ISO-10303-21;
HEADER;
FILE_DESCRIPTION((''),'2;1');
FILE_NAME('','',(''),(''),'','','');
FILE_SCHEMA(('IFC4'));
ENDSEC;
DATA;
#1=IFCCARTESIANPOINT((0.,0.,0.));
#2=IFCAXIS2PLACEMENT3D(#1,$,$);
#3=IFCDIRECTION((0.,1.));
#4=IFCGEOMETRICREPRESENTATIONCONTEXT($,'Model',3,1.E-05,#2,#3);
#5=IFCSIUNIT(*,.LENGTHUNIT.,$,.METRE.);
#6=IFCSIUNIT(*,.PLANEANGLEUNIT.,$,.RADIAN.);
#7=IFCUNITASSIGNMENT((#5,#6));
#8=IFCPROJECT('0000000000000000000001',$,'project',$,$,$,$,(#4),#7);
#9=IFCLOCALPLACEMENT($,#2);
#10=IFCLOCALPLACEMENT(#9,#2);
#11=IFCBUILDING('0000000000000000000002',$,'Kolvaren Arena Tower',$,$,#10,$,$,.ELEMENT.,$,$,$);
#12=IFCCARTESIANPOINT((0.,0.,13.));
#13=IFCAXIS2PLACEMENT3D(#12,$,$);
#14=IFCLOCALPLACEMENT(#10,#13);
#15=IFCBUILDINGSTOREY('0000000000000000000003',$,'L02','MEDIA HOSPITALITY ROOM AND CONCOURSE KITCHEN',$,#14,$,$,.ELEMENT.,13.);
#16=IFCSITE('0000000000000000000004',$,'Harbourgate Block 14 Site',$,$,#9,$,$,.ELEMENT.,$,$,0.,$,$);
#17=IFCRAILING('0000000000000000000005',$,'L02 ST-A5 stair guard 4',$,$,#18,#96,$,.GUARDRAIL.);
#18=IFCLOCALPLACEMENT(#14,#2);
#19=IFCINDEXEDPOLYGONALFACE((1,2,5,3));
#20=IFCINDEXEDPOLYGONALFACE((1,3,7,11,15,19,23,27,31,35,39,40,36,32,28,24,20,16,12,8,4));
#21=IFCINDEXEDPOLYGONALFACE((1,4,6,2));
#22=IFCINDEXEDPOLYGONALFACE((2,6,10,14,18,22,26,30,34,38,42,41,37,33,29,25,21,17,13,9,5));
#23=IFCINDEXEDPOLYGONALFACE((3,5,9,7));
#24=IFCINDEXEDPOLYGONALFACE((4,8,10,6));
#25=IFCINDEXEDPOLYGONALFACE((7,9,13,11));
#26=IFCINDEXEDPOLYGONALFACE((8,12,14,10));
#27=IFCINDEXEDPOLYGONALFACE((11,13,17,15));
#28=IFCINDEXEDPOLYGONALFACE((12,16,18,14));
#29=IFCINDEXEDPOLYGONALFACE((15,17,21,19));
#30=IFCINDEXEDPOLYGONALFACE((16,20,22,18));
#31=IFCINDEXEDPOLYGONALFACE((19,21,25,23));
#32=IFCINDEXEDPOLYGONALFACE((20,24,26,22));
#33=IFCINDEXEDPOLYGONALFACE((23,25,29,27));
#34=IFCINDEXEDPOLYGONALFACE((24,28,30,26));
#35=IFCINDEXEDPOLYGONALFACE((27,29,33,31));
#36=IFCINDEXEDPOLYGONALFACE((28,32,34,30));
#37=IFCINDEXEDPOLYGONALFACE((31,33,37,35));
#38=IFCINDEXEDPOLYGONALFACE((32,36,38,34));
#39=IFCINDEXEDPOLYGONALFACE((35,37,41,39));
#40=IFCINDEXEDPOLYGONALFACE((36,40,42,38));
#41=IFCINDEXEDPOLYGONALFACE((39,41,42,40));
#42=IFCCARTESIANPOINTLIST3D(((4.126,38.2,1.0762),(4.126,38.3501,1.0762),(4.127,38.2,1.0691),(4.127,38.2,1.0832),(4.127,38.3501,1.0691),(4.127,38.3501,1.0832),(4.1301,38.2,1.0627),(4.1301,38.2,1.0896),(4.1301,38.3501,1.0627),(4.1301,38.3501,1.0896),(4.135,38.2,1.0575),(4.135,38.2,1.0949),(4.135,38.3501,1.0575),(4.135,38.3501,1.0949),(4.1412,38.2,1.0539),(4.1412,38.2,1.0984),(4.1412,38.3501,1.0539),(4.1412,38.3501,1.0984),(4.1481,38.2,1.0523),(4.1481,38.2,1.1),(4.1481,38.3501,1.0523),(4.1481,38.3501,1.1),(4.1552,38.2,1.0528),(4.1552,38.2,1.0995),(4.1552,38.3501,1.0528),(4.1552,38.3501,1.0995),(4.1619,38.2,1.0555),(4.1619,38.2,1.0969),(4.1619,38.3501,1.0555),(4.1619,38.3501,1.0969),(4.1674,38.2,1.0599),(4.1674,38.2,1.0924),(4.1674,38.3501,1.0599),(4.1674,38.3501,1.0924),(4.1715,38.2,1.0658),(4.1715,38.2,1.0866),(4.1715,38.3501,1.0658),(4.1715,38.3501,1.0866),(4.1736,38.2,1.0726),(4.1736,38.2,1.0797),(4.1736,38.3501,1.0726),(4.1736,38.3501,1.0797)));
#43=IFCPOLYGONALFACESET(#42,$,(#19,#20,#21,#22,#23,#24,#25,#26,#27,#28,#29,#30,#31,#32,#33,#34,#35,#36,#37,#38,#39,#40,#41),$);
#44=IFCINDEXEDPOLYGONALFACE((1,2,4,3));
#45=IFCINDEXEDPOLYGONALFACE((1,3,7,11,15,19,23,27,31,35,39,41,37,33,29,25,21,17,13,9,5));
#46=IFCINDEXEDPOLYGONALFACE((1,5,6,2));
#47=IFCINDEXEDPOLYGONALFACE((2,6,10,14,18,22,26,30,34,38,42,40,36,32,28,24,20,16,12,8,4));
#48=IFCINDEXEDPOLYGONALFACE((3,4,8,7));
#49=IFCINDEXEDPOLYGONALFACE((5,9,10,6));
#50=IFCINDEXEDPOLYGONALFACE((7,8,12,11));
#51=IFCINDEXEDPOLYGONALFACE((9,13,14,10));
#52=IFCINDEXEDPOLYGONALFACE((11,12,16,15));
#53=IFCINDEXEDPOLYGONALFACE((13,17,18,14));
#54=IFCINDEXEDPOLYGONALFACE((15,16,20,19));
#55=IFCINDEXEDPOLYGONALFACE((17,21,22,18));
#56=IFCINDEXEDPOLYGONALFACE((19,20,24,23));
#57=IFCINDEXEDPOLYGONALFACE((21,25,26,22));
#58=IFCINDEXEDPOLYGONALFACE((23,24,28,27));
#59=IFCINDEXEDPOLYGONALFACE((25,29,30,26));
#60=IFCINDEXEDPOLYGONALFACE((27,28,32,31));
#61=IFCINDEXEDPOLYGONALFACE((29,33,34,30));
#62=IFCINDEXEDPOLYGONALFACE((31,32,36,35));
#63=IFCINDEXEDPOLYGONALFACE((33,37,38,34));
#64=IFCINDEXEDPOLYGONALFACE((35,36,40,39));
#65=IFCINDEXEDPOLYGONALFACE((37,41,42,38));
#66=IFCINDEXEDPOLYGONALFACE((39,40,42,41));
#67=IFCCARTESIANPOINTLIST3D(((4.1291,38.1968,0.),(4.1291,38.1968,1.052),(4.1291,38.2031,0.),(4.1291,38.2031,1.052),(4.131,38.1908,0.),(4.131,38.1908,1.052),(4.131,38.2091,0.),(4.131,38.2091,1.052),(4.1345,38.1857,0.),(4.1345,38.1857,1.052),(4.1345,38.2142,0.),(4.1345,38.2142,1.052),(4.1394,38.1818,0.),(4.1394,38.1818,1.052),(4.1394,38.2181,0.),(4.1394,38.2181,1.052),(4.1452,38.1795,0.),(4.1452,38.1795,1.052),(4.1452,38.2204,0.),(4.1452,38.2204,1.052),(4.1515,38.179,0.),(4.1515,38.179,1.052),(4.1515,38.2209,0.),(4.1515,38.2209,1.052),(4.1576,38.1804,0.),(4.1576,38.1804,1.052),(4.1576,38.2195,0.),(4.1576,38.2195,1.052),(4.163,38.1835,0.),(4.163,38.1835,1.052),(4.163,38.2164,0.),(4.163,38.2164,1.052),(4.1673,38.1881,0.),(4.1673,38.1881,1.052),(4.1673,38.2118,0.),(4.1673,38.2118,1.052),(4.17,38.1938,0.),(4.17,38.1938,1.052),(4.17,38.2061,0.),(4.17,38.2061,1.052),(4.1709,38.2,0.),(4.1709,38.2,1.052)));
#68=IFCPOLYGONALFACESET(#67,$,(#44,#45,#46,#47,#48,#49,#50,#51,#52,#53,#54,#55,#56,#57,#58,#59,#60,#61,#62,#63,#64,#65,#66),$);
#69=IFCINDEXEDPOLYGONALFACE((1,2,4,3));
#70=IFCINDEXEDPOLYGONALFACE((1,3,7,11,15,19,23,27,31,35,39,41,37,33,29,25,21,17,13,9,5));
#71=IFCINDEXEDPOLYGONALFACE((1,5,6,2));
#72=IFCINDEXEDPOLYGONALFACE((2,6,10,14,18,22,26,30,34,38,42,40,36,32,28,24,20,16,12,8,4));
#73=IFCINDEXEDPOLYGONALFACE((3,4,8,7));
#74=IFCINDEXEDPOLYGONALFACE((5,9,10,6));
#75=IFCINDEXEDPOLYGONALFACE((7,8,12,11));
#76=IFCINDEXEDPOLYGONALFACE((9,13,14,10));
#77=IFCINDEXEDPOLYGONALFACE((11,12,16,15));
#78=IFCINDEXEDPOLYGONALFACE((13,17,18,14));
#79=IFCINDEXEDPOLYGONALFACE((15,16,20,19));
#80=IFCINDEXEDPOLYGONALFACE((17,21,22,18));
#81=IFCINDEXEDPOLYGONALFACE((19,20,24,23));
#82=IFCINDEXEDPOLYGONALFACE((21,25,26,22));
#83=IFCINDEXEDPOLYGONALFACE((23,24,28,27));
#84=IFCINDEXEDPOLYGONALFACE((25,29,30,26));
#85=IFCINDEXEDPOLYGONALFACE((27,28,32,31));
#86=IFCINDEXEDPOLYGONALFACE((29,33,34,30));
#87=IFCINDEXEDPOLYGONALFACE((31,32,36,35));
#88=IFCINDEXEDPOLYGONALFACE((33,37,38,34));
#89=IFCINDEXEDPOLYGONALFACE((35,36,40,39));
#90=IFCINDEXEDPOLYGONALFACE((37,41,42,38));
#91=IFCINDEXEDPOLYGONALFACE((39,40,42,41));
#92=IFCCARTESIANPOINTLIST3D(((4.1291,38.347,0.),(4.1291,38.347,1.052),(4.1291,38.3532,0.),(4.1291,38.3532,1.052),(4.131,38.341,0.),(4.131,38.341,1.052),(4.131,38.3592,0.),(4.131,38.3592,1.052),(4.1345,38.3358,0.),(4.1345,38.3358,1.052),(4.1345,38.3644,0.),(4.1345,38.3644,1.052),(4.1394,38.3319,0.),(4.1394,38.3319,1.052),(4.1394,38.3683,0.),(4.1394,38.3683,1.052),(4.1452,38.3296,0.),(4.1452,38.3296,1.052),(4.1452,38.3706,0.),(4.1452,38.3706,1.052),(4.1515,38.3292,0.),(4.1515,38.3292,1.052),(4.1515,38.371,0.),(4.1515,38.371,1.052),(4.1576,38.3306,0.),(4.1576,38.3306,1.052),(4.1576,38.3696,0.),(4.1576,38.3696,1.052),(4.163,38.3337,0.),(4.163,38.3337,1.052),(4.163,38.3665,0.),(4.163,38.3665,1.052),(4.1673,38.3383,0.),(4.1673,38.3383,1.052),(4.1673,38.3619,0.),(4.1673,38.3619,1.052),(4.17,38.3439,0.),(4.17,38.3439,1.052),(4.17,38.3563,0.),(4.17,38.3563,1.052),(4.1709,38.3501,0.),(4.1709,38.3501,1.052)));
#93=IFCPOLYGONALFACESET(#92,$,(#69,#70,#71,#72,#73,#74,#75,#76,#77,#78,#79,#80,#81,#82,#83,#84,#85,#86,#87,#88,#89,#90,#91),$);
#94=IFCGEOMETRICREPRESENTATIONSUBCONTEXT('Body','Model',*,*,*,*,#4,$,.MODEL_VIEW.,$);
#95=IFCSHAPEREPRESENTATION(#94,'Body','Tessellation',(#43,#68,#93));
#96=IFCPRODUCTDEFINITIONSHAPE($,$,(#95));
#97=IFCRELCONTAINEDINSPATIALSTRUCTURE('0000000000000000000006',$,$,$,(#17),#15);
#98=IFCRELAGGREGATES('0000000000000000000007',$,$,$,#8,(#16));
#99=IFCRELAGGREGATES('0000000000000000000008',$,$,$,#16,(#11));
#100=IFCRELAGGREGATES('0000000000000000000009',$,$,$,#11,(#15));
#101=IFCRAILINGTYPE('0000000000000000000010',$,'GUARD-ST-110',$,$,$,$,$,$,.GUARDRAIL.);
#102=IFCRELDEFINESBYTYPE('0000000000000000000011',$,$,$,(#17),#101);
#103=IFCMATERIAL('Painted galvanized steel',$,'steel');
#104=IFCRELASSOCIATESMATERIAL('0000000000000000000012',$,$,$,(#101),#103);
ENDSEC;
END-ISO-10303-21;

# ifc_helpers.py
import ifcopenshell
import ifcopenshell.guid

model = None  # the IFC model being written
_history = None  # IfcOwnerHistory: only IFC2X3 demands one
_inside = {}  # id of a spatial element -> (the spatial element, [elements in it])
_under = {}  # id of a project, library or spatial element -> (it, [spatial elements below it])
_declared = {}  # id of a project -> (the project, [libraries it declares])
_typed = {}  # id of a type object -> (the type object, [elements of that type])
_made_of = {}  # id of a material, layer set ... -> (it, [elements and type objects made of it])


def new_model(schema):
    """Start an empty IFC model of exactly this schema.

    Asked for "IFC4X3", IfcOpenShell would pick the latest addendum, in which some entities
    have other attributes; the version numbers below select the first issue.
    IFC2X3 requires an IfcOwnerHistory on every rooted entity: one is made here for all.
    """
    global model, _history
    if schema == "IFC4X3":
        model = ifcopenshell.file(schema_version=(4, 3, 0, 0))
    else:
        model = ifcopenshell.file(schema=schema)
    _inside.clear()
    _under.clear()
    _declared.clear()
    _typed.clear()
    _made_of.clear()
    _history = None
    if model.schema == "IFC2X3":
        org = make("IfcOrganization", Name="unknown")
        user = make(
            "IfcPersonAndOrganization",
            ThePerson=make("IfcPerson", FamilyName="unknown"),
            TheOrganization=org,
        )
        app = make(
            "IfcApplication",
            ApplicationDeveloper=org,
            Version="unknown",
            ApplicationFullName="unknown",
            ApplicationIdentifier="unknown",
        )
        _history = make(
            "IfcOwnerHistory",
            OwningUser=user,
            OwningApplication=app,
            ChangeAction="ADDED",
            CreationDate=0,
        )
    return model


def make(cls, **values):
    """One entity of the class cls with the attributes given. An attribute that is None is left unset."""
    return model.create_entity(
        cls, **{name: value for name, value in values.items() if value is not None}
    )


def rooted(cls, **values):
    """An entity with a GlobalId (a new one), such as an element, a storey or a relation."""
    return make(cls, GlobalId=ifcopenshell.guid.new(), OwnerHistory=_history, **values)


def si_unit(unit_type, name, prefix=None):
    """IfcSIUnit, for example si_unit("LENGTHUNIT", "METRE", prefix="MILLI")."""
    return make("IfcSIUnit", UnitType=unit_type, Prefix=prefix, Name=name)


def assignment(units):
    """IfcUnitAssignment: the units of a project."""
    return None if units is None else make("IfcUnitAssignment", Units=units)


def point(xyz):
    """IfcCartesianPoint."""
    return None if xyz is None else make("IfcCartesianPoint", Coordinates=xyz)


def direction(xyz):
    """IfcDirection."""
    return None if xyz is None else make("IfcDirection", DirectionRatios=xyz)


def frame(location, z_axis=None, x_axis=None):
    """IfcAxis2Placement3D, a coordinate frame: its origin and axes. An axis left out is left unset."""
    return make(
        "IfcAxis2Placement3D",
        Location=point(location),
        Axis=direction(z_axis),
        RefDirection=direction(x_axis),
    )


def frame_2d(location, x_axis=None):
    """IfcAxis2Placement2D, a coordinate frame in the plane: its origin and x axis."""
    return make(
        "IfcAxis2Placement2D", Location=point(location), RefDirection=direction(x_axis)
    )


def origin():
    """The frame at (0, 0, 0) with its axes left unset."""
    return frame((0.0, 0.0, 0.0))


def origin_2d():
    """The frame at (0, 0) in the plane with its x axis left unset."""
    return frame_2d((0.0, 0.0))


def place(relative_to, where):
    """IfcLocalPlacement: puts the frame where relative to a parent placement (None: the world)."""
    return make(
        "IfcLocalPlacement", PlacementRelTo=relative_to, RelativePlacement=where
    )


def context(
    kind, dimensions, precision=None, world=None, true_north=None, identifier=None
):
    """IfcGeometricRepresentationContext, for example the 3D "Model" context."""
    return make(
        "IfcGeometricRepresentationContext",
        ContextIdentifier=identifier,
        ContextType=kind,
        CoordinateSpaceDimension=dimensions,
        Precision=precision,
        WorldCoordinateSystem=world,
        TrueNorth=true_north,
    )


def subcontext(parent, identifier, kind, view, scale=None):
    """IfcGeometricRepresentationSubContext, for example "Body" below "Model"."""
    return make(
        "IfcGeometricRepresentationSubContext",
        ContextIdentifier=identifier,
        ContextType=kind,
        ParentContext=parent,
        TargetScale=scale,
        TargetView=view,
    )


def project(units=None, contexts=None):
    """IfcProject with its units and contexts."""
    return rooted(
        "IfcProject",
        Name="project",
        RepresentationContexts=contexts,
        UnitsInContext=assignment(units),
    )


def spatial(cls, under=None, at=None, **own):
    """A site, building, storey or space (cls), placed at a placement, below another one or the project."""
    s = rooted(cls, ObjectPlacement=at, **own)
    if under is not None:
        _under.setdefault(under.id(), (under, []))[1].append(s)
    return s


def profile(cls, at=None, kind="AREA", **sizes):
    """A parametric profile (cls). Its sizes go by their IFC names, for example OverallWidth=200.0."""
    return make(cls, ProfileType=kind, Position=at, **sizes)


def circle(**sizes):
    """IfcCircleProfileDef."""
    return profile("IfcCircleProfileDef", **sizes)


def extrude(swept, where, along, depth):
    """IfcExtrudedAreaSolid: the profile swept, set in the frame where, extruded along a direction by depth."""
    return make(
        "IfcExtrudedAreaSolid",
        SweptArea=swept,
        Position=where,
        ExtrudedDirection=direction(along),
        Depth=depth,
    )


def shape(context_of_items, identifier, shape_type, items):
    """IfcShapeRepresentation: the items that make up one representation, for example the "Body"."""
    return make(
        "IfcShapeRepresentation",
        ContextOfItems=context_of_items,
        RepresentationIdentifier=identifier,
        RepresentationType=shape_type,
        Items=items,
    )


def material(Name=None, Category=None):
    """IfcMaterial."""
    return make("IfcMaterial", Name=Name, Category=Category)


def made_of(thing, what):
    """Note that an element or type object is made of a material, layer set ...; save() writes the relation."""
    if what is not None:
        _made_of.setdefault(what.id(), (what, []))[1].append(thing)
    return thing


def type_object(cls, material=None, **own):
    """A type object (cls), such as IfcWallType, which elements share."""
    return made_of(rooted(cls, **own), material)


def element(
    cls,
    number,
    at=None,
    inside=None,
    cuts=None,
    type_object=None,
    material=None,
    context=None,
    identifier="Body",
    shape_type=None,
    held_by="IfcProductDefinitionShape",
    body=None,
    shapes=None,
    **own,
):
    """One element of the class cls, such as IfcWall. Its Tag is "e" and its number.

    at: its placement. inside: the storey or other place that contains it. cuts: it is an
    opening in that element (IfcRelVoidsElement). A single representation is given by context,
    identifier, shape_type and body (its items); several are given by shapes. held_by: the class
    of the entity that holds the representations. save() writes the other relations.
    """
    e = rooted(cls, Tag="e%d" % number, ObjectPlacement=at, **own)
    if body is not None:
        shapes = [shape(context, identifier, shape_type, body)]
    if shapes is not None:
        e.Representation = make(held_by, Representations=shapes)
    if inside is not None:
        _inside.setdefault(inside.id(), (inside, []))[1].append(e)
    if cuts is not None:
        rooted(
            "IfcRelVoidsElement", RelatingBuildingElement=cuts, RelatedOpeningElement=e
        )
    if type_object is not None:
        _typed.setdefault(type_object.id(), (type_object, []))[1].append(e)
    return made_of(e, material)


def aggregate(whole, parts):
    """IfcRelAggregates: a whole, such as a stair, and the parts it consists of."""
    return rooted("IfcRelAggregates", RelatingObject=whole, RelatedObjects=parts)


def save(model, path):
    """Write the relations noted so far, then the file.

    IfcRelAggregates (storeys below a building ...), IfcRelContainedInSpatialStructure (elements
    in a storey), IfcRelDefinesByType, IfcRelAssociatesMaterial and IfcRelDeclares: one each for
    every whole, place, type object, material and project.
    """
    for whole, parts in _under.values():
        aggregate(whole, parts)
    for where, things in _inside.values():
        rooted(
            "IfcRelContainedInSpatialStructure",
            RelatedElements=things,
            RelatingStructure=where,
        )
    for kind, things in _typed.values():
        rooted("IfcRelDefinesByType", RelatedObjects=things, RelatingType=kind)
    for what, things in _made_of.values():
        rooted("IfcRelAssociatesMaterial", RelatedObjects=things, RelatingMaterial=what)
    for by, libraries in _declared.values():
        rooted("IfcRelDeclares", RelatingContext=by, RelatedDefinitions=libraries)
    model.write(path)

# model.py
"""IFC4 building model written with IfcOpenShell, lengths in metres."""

from ifc_helpers import new_model, si_unit, direction, frame, origin, origin_2d, place, context, subcontext, project, spatial, circle, extrude, material, type_object, element, save


model = new_model("IFC4")

# Units and contexts
model_context = context("Model", 3, precision=1e-05, world=origin(), true_north=direction((0.0, 1.0)))
body_context = subcontext(model_context, "Body", "Model", "MODEL_VIEW")
ifc_project = project(units=[si_unit("LENGTHUNIT", "METRE"), si_unit("PLANEANGLEUNIT", "RADIAN")], contexts=[model_context])

# Site, building, storey
site_placement = place(None, origin())
site = spatial("IfcSite", under=ifc_project, at=site_placement, Name="Harbourgate Block 14 Site", CompositionType="ELEMENT", RefElevation=0.0)
building_placement = place(site_placement, origin())
building = spatial("IfcBuilding", under=site, at=building_placement, Name="Kolvaren Arena Tower", CompositionType="ELEMENT")
storey_placement = place(building_placement, frame((0.0, 0.0, 13.0)))
storey = spatial("IfcBuildingStorey", under=building, at=storey_placement, Name="L02", Description="MEDIA HOSPITALITY ROOM AND CONCOURSE KITCHEN", CompositionType="ELEMENT", Elevation=13.0)

# Railing
ifc_material_1 = material(Name="Painted galvanized steel", Category="steel")
railing_type_1 = type_object("IfcRailingType", Name="GUARD-ST-110", PredefinedType="GUARDRAIL", material=ifc_material_1)
railing_1_placement = place(storey_placement, frame((4.1499, 38.2, 0.0)))
element("IfcRailing", 1, at=railing_1_placement, inside=storey, type_object=railing_type_1, Name="L02 ST-A5 stair guard 4", PredefinedType="GUARDRAIL", context=body_context, shape_type="SweptSolid", body=[
    extrude(circle(Radius=0.0239, at=origin_2d()), frame((0.0, 0.0, 1.0762), z_axis=(0.0, 1.0, 0.0), x_axis=(-1.0, 0.0, 0.0)), (0.0, 0.0, 1.0), 0.1501),
    extrude(circle(Radius=0.021, at=origin_2d()), origin(), (0.0, 0.0, 1.0), 1.052),
    extrude(circle(Radius=0.021, at=origin_2d()), frame((0.0, 0.1501, 0.0)), (0.0, 0.0, 1.0), 1.052),
])

save(model, "model.ifc")
